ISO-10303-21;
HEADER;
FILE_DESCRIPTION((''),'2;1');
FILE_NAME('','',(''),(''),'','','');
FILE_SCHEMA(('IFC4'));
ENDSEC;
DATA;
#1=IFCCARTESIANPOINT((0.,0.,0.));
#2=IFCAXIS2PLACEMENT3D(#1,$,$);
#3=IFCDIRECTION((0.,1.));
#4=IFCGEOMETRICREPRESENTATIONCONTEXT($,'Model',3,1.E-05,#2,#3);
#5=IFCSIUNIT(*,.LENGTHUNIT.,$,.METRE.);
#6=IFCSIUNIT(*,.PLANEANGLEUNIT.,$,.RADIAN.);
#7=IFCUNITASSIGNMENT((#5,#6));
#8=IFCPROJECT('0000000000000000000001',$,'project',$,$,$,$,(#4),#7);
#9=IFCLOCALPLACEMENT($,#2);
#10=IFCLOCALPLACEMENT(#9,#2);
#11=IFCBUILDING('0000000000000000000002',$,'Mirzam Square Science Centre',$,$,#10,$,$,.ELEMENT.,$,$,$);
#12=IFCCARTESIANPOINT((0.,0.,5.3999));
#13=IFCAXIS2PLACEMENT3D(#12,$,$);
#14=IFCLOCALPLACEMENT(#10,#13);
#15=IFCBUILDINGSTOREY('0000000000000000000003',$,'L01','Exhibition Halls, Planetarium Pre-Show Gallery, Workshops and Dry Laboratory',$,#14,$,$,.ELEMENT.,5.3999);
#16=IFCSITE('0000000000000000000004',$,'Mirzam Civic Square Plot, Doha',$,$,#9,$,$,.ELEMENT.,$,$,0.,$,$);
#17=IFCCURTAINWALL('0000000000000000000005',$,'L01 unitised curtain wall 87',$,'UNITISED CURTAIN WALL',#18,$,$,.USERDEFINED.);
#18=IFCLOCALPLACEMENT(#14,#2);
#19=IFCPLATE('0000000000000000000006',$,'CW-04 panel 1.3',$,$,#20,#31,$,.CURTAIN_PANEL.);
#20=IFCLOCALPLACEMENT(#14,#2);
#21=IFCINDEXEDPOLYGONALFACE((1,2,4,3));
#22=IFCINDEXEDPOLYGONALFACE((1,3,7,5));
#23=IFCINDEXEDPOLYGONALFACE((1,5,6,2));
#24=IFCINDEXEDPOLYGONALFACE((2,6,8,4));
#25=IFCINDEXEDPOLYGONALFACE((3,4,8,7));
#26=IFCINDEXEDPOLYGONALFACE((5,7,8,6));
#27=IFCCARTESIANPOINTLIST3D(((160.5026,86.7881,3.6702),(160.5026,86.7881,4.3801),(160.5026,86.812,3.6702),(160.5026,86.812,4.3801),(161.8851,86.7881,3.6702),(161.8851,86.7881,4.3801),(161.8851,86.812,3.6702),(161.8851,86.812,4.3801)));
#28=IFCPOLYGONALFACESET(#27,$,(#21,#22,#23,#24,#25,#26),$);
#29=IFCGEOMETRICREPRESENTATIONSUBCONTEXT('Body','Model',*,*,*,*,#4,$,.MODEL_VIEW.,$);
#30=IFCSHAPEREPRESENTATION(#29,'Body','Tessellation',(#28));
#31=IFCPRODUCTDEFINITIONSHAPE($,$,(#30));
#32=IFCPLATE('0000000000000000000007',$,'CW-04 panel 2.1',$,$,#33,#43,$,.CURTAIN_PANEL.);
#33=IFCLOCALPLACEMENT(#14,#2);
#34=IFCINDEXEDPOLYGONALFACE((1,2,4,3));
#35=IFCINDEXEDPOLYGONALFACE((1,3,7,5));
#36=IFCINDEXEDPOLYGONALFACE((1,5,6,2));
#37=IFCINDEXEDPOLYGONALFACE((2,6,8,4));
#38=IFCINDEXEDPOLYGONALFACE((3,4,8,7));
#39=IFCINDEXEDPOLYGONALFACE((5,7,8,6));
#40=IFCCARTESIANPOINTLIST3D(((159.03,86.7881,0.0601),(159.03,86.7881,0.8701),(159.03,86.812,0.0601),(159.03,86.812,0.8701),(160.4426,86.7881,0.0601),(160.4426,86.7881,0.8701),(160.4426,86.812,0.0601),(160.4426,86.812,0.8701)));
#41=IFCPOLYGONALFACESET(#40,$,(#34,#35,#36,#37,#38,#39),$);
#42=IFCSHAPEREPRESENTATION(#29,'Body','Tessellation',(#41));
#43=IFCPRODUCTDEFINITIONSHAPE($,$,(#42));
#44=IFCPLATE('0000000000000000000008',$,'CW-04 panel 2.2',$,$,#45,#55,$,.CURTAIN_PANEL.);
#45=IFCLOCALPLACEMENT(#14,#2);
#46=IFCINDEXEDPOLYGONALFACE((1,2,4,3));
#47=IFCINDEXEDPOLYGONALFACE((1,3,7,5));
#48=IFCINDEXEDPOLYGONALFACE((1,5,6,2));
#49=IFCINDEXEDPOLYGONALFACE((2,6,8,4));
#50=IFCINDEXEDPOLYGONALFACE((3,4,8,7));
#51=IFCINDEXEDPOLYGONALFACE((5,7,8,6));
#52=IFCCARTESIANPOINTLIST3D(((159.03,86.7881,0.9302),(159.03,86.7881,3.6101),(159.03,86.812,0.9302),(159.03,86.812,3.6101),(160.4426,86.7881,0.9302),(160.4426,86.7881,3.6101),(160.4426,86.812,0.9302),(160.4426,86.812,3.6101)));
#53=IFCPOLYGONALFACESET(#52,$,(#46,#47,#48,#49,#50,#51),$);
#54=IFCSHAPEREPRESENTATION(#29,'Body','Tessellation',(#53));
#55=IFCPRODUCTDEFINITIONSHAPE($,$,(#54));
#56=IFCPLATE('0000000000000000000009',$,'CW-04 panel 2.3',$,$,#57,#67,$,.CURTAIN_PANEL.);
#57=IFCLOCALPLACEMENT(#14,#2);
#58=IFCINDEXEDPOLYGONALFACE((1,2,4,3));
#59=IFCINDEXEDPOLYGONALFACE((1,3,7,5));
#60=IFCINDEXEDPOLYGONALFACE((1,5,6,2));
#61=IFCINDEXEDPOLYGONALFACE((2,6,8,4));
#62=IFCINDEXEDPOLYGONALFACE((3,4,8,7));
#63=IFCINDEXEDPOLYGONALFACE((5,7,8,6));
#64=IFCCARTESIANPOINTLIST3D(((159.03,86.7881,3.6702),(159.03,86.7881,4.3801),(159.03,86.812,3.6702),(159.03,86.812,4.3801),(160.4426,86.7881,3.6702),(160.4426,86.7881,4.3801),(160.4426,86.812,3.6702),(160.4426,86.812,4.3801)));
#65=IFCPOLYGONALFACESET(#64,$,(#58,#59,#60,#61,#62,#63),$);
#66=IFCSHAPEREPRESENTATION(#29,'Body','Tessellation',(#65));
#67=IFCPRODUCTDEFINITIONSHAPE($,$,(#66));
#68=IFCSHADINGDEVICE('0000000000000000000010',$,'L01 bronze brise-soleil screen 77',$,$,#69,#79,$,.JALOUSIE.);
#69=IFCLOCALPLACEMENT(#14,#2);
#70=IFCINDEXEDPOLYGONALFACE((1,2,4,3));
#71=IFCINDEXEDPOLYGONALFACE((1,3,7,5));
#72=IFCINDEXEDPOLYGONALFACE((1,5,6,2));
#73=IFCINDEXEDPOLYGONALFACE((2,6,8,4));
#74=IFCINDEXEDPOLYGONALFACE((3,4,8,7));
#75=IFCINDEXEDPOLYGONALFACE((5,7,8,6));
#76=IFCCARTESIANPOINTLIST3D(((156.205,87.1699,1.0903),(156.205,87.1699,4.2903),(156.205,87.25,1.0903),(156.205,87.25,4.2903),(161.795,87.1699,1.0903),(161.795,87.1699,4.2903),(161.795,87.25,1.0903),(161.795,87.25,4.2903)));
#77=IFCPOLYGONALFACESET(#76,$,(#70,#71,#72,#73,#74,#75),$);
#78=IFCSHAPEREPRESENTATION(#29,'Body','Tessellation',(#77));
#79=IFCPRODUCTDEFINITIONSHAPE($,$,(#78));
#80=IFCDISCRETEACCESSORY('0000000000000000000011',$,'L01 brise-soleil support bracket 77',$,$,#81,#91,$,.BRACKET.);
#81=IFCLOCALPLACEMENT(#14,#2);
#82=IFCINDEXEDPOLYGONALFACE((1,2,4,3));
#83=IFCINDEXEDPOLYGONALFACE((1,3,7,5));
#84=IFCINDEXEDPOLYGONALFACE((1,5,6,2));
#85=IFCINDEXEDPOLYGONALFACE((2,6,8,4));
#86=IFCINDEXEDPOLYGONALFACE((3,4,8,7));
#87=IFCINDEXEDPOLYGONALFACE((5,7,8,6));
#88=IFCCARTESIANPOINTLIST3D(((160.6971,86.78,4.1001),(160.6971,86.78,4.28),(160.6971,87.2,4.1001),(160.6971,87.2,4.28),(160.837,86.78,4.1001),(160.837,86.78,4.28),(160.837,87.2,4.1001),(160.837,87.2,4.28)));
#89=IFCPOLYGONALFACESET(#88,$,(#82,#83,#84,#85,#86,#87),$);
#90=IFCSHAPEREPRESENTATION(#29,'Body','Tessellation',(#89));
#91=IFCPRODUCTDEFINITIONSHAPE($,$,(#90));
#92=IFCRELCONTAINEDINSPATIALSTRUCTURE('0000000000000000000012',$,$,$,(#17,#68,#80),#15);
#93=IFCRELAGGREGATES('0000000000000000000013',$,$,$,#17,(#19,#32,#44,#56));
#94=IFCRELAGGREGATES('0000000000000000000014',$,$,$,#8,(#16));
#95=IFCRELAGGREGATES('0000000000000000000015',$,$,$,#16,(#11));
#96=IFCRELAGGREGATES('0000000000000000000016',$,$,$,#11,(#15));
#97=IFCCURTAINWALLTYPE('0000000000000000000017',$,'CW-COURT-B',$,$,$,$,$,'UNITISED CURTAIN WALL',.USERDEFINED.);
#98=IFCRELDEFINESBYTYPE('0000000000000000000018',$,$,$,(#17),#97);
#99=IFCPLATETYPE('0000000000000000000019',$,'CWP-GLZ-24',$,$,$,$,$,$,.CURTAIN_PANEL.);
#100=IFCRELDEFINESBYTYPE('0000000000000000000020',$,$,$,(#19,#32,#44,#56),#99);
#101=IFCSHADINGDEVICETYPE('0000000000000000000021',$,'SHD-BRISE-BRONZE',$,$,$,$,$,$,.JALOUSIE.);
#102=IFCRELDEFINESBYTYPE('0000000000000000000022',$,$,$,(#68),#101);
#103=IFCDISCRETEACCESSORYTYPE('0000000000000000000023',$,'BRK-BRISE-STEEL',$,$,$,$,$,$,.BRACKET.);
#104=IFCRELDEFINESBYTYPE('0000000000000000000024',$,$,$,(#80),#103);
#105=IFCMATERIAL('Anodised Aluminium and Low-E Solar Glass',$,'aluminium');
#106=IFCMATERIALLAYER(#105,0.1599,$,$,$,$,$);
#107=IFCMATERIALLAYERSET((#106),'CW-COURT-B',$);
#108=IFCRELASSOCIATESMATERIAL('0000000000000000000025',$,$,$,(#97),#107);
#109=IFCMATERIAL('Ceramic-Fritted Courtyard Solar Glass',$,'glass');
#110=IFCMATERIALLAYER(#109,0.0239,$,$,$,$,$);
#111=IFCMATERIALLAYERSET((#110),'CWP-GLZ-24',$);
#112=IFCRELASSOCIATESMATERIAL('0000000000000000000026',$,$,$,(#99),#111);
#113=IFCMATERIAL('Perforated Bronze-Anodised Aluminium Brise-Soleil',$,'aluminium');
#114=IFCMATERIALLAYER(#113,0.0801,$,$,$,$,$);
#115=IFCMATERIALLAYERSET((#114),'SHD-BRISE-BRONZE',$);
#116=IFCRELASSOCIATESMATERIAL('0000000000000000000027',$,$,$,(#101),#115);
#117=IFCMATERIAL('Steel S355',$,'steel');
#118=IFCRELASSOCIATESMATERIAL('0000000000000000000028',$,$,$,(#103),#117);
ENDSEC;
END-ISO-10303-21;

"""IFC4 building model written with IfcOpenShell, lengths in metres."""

from ifc_helpers import new_model, si_unit, direction, frame, origin, origin_2d, place, context, subcontext, project, spatial, rectangle, extrude, material, layer, layer_set, type_object, element, aggregate, save


model = new_model("IFC4")

# Units and contexts
model_context = context("Model", 3, precision=1e-05, world=origin(), true_north=direction((0.0, 1.0)))
body_context = subcontext(model_context, "Body", "Model", "MODEL_VIEW")
ifc_project = project(units=[si_unit("LENGTHUNIT", "METRE"), si_unit("PLANEANGLEUNIT", "RADIAN")], contexts=[model_context])

# Site, building, storey
site_placement = place(None, origin())
site = spatial("IfcSite", under=ifc_project, at=site_placement, Name="Mirzam Civic Square Plot, Doha", CompositionType="ELEMENT", RefElevation=0.0)
building_placement = place(site_placement, origin())
building = spatial("IfcBuilding", under=site, at=building_placement, Name="Mirzam Square Science Centre", CompositionType="ELEMENT")
storey_placement = place(building_placement, frame((0.0, 0.0, 5.3999)))
storey = spatial("IfcBuildingStorey", under=building, at=storey_placement, Name="L01", Description="Exhibition Halls, Planetarium Pre-Show Gallery, Workshops and Dry Laboratory", CompositionType="ELEMENT", Elevation=5.3999)

# Shared definitions
ifc_material_1 = material(Name="Steel S355", Category="steel")

# Curtain wall
ifc_material_2 = material(Name="Anodised Aluminium and Low-E Solar Glass", Category="aluminium")
ifc_layer_1 = layer(ifc_material_2, 0.1599)
ifc_layer_set_1 = layer_set([ifc_layer_1], Name="CW-COURT-B")
curtain_wall_type = type_object("IfcCurtainWallType", Name="CW-COURT-B", ElementType="UNITISED CURTAIN WALL", PredefinedType="USERDEFINED", material=ifc_layer_set_1)
curtain_wall_placement = place(storey_placement, origin())
curtain_wall = element("IfcCurtainWall", 1, at=curtain_wall_placement, inside=storey, type_object=curtain_wall_type, Name="L01 unitised curtain wall 87", ObjectType="UNITISED CURTAIN WALL", PredefinedType="USERDEFINED")

# Plates
ifc_material_3 = material(Name="Ceramic-Fritted Courtyard Solar Glass", Category="glass")
ifc_layer_2 = layer(ifc_material_3, 0.0239)
ifc_layer_set_2 = layer_set([ifc_layer_2], Name="CWP-GLZ-24")
plate_type = type_object("IfcPlateType", Name="CWP-GLZ-24", PredefinedType="CURTAIN_PANEL", material=ifc_layer_set_2)
plate_1_placement = place(storey_placement, frame((161.1938, 86.8, 3.6702), z_axis=(0.0, 0.0, 1.0), x_axis=(-1.0, 0.0, 0.0)))
plate_1 = element("IfcPlate", 2, at=plate_1_placement, type_object=plate_type, Name="CW-04 panel 1.3", PredefinedType="CURTAIN_PANEL", context=body_context, shape_type="SweptSolid", body=[
    extrude(rectangle(XDim=1.3826, YDim=0.0239, at=origin_2d()), origin(), (0.0, 0.0, 1.0), 0.71),
])
plate_2_placement = place(storey_placement, frame((159.7363, 86.8, 0.0601), z_axis=(0.0, 0.0, 1.0), x_axis=(-1.0, 0.0, 0.0)))
plate_2 = element("IfcPlate", 3, at=plate_2_placement, type_object=plate_type, Name="CW-04 panel 2.1", PredefinedType="CURTAIN_PANEL", context=body_context, shape_type="SweptSolid", body=[
    extrude(rectangle(XDim=1.4126, YDim=0.0239, at=origin_2d()), origin(), (0.0, 0.0, 1.0), 0.8101),
])
plate_3_placement = place(storey_placement, frame((159.7363, 86.8, 0.9302), z_axis=(0.0, 0.0, 1.0), x_axis=(-1.0, 0.0, 0.0)))
plate_3 = element("IfcPlate", 4, at=plate_3_placement, type_object=plate_type, Name="CW-04 panel 2.2", PredefinedType="CURTAIN_PANEL", context=body_context, shape_type="SweptSolid", body=[
    extrude(rectangle(XDim=1.4126, YDim=0.0239, at=origin_2d()), origin(), (0.0, 0.0, 1.0), 2.6799),
])
plate_4_placement = place(storey_placement, frame((159.7363, 86.8, 3.6702), z_axis=(0.0, 0.0, 1.0), x_axis=(-1.0, 0.0, 0.0)))
plate_4 = element("IfcPlate", 5, at=plate_4_placement, type_object=plate_type, Name="CW-04 panel 2.3", PredefinedType="CURTAIN_PANEL", context=body_context, shape_type="SweptSolid", body=[
    extrude(rectangle(XDim=1.4126, YDim=0.0239, at=origin_2d()), origin(), (0.0, 0.0, 1.0), 0.71),
])
aggregate(curtain_wall, [plate_1, plate_2, plate_3, plate_4])

# Shading device
ifc_material_4 = material(Name="Perforated Bronze-Anodised Aluminium Brise-Soleil", Category="aluminium")
ifc_layer_3 = layer(ifc_material_4, 0.0801)
ifc_layer_set_3 = layer_set([ifc_layer_3], Name="SHD-BRISE-BRONZE")
shading_device_type = type_object("IfcShadingDeviceType", Name="SHD-BRISE-BRONZE", PredefinedType="JALOUSIE", material=ifc_layer_set_3)
shading_device_placement = place(storey_placement, frame((159.0, 87.21, 1.0903), z_axis=(0.0, 0.0, 1.0), x_axis=(-1.0, 0.0, 0.0)))
element("IfcShadingDevice", 6, at=shading_device_placement, inside=storey, type_object=shading_device_type, Name="L01 bronze brise-soleil screen 77", PredefinedType="JALOUSIE", context=body_context, shape_type="SweptSolid", body=[
    extrude(rectangle(XDim=5.5901, YDim=0.0801, at=origin_2d()), origin(), (0.0, 0.0, 1.0), 3.2),
])

# Discrete accessory
discrete_accessory_type = type_object("IfcDiscreteAccessoryType", Name="BRK-BRISE-STEEL", PredefinedType="BRACKET", material=ifc_material_1)
discrete_accessory_placement = place(storey_placement, frame((160.7671, 86.99, 4.1001), z_axis=(0.0, 0.0, 1.0), x_axis=(-1.0, 0.0, 0.0)))
element("IfcDiscreteAccessory", 7, at=discrete_accessory_placement, inside=storey, type_object=discrete_accessory_type, Name="L01 brise-soleil support bracket 77", PredefinedType="BRACKET", context=body_context, shape_type="SweptSolid", body=[
    extrude(rectangle(XDim=0.1399, YDim=0.4199, at=origin_2d()), origin(), (0.0, 0.0, 1.0), 0.1799),
])

save(model, "model.ifc")
